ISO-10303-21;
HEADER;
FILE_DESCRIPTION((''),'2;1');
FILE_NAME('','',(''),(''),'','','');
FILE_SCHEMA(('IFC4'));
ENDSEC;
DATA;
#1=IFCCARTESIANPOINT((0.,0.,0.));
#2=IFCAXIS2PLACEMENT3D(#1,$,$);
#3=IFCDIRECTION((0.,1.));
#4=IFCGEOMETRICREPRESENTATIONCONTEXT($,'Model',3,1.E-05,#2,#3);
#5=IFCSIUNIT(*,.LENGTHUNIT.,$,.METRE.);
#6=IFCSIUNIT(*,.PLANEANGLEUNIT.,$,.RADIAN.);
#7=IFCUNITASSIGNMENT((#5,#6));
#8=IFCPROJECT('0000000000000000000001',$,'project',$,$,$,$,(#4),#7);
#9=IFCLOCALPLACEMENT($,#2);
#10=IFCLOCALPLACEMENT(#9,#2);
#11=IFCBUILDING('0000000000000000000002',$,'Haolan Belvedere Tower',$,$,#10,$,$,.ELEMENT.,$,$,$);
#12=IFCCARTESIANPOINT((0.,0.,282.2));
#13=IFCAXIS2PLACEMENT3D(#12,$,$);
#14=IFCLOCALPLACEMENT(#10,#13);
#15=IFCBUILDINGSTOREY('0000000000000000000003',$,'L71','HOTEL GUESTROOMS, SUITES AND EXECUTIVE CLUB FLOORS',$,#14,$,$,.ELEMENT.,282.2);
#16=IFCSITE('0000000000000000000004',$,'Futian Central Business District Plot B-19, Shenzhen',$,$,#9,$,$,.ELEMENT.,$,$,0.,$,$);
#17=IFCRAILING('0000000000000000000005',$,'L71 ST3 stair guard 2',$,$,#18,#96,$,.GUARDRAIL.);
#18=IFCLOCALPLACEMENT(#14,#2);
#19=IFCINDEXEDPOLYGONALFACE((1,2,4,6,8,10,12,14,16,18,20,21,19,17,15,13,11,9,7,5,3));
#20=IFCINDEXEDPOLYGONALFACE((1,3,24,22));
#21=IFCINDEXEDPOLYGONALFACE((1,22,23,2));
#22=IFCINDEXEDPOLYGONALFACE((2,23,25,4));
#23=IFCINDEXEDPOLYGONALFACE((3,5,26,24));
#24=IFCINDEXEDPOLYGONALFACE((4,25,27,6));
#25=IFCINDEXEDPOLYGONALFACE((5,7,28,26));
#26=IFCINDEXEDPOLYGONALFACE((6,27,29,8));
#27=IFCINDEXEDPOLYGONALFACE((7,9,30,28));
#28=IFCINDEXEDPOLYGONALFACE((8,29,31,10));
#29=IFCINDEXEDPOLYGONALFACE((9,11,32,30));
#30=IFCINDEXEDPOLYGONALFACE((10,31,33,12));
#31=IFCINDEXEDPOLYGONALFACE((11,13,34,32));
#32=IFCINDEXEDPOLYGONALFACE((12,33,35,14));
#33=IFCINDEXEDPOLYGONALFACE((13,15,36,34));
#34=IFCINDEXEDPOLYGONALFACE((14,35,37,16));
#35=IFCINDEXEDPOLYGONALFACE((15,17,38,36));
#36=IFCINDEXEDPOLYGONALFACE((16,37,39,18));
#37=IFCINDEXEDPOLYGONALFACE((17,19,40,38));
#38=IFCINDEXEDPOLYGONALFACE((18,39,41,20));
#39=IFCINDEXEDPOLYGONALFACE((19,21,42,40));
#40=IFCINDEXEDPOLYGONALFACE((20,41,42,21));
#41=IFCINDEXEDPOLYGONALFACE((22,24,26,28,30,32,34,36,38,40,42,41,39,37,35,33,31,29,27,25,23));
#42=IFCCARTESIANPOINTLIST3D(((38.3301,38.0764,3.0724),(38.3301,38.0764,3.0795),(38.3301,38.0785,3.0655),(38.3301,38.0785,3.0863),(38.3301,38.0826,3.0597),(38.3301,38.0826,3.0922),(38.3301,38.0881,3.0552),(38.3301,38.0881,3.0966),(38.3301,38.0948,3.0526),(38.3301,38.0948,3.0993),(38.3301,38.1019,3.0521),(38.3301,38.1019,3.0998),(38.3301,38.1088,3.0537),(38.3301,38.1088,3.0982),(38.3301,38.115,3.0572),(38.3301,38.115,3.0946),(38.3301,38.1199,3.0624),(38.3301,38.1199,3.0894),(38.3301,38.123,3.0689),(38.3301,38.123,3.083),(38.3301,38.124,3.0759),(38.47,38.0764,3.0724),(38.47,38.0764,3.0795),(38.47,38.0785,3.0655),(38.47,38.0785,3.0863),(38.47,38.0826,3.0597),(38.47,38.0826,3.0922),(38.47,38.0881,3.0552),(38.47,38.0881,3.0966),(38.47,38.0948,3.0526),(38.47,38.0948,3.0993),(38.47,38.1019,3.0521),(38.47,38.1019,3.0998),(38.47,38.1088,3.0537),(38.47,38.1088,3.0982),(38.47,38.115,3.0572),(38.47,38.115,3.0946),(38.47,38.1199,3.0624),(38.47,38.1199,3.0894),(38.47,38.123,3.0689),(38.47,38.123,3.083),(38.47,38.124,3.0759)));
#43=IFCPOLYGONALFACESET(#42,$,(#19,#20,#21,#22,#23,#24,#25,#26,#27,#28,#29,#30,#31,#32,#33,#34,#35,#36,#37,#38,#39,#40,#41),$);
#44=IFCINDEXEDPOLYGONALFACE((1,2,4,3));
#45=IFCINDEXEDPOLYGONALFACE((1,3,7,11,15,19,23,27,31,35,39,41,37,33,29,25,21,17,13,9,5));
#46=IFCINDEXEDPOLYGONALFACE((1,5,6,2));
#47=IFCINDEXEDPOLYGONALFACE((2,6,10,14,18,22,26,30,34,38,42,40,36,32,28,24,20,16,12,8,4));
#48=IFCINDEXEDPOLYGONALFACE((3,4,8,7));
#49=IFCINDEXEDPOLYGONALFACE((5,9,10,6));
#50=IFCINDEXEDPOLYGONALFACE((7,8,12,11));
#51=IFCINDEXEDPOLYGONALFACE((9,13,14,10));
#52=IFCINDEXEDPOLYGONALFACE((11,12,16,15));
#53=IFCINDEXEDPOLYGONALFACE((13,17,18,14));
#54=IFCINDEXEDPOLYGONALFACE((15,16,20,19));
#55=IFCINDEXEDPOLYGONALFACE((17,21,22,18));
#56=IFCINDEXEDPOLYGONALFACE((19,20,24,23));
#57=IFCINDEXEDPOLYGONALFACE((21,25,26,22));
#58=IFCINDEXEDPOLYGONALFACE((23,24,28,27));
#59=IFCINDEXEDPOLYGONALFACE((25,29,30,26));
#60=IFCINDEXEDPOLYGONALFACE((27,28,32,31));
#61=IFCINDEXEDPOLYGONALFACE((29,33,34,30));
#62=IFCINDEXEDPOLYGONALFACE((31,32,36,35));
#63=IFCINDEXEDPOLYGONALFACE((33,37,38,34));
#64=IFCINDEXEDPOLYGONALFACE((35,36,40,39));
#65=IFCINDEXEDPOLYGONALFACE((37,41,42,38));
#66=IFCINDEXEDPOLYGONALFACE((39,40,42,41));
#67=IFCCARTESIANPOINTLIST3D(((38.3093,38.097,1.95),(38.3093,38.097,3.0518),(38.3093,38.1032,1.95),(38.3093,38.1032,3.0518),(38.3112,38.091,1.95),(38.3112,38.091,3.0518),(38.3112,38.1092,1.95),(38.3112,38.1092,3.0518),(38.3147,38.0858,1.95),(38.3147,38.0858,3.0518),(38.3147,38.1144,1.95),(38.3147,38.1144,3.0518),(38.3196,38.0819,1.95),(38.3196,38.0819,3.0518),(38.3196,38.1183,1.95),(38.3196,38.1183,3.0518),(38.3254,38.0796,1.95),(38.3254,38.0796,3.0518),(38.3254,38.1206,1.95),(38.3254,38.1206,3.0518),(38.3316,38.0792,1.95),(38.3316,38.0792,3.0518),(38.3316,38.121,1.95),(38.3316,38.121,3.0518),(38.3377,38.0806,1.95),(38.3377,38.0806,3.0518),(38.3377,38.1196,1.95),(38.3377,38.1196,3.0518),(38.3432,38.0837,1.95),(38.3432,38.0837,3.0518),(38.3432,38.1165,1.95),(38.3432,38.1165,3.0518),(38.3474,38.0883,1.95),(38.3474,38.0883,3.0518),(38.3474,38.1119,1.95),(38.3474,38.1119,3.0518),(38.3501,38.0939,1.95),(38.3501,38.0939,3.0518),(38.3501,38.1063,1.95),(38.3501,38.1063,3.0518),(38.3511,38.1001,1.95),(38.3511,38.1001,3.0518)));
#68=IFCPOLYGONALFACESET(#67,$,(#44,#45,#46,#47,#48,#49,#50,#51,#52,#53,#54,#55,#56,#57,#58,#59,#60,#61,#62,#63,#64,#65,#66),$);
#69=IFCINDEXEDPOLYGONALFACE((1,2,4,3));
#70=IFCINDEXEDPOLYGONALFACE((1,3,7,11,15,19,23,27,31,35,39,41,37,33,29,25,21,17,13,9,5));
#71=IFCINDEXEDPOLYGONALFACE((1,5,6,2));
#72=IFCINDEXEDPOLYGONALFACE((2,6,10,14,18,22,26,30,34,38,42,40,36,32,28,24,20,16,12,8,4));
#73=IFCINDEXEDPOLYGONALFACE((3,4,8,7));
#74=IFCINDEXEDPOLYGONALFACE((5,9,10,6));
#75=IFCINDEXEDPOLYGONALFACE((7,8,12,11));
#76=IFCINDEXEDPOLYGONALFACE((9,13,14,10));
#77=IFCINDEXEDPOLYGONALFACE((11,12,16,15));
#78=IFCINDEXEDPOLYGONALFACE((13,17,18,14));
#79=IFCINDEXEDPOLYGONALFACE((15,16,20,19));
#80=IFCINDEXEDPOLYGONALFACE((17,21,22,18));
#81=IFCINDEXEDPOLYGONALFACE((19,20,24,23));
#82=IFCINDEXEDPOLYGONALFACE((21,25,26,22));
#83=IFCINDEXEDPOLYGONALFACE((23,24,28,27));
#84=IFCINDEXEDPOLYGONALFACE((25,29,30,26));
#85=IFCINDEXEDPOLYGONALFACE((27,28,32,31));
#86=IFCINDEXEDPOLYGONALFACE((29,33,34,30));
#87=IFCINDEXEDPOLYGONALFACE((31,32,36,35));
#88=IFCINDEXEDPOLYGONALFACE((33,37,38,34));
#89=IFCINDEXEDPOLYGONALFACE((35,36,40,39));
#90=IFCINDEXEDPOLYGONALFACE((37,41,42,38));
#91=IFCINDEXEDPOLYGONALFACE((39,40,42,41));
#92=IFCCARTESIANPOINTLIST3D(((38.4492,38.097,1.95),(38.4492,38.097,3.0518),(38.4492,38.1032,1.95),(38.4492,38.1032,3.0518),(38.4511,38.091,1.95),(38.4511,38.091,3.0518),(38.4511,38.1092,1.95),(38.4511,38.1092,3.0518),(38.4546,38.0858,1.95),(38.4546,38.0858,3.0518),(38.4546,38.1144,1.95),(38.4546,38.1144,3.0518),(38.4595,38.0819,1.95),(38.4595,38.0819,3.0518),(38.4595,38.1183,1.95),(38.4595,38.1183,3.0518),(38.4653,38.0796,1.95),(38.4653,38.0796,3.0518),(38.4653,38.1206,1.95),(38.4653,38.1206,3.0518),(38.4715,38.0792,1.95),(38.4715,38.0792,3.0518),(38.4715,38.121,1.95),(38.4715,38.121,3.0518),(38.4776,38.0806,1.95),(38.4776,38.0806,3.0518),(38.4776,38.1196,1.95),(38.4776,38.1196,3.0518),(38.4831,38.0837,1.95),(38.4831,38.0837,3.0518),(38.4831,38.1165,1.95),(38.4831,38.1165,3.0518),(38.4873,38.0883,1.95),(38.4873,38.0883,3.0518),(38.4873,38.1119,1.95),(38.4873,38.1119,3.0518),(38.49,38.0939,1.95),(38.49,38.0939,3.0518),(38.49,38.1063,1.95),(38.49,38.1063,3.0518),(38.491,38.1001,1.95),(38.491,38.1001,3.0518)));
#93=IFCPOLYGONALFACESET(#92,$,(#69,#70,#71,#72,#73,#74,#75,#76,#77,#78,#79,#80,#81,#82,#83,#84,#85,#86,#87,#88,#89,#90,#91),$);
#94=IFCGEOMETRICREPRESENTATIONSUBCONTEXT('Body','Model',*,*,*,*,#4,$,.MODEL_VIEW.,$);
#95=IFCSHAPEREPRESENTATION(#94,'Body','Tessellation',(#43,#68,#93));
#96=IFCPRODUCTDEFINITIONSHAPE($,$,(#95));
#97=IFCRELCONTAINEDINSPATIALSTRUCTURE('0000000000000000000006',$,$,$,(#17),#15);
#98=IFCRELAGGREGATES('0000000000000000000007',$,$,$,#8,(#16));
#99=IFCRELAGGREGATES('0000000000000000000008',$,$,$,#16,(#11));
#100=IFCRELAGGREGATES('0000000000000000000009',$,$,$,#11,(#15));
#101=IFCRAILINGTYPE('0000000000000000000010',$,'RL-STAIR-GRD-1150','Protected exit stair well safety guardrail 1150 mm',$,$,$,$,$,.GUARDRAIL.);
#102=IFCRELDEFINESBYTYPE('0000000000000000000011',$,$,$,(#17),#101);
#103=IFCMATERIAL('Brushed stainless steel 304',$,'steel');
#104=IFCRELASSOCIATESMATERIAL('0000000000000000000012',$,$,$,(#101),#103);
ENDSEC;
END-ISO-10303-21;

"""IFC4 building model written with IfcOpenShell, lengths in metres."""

from ifc_helpers import new_model, si_unit, direction, frame, origin, origin_2d, place, context, subcontext, project, spatial, circle, extrude, material, type_object, element, save


model = new_model("IFC4")

# Units and contexts
model_context = context("Model", 3, precision=1e-05, world=origin(), true_north=direction((0.0, 1.0)))
body_context = subcontext(model_context, "Body", "Model", "MODEL_VIEW")
ifc_project = project(units=[si_unit("LENGTHUNIT", "METRE"), si_unit("PLANEANGLEUNIT", "RADIAN")], contexts=[model_context])

# Site, building, storey
site_placement = place(None, origin())
site = spatial("IfcSite", under=ifc_project, at=site_placement, Name="Futian Central Business District Plot B-19, Shenzhen", CompositionType="ELEMENT", RefElevation=0.0)
building_placement = place(site_placement, origin())
building = spatial("IfcBuilding", under=site, at=building_placement, Name="Haolan Belvedere Tower", CompositionType="ELEMENT")
storey_placement = place(building_placement, frame((0.0, 0.0, 282.2)))
storey = spatial("IfcBuildingStorey", under=building, at=storey_placement, Name="L71", Description="HOTEL GUESTROOMS, SUITES AND EXECUTIVE CLUB FLOORS", CompositionType="ELEMENT", Elevation=282.2)

# Railing
ifc_material_1 = material(Name="Brushed stainless steel 304", Category="steel")
railing_type_1 = type_object("IfcRailingType", Name="RL-STAIR-GRD-1150", Description="Protected exit stair well safety guardrail 1150 mm", PredefinedType="GUARDRAIL", material=ifc_material_1)
railing_1_placement = place(storey_placement, frame((38.3301, 38.1001, 1.95)))
element("IfcRailing", 1, at=railing_1_placement, inside=storey, type_object=railing_type_1, Name="L71 ST3 stair guard 2", PredefinedType="GUARDRAIL", context=body_context, shape_type="SweptSolid", body=[
    extrude(circle(Radius=0.0239, at=origin_2d()), frame((0.0, 0.0, 1.126), z_axis=(1.0, 0.0, 0.0), x_axis=(0.0, 1.0, 0.0)), (0.0, 0.0, 1.0), 0.1399),
    extrude(circle(Radius=0.021, at=origin_2d()), origin(), (0.0, 0.0, 1.0), 1.1018),
    extrude(circle(Radius=0.021, at=origin_2d()), frame((0.1399, 0.0, 0.0)), (0.0, 0.0, 1.0), 1.1018),
])

save(model, "model.ifc")
